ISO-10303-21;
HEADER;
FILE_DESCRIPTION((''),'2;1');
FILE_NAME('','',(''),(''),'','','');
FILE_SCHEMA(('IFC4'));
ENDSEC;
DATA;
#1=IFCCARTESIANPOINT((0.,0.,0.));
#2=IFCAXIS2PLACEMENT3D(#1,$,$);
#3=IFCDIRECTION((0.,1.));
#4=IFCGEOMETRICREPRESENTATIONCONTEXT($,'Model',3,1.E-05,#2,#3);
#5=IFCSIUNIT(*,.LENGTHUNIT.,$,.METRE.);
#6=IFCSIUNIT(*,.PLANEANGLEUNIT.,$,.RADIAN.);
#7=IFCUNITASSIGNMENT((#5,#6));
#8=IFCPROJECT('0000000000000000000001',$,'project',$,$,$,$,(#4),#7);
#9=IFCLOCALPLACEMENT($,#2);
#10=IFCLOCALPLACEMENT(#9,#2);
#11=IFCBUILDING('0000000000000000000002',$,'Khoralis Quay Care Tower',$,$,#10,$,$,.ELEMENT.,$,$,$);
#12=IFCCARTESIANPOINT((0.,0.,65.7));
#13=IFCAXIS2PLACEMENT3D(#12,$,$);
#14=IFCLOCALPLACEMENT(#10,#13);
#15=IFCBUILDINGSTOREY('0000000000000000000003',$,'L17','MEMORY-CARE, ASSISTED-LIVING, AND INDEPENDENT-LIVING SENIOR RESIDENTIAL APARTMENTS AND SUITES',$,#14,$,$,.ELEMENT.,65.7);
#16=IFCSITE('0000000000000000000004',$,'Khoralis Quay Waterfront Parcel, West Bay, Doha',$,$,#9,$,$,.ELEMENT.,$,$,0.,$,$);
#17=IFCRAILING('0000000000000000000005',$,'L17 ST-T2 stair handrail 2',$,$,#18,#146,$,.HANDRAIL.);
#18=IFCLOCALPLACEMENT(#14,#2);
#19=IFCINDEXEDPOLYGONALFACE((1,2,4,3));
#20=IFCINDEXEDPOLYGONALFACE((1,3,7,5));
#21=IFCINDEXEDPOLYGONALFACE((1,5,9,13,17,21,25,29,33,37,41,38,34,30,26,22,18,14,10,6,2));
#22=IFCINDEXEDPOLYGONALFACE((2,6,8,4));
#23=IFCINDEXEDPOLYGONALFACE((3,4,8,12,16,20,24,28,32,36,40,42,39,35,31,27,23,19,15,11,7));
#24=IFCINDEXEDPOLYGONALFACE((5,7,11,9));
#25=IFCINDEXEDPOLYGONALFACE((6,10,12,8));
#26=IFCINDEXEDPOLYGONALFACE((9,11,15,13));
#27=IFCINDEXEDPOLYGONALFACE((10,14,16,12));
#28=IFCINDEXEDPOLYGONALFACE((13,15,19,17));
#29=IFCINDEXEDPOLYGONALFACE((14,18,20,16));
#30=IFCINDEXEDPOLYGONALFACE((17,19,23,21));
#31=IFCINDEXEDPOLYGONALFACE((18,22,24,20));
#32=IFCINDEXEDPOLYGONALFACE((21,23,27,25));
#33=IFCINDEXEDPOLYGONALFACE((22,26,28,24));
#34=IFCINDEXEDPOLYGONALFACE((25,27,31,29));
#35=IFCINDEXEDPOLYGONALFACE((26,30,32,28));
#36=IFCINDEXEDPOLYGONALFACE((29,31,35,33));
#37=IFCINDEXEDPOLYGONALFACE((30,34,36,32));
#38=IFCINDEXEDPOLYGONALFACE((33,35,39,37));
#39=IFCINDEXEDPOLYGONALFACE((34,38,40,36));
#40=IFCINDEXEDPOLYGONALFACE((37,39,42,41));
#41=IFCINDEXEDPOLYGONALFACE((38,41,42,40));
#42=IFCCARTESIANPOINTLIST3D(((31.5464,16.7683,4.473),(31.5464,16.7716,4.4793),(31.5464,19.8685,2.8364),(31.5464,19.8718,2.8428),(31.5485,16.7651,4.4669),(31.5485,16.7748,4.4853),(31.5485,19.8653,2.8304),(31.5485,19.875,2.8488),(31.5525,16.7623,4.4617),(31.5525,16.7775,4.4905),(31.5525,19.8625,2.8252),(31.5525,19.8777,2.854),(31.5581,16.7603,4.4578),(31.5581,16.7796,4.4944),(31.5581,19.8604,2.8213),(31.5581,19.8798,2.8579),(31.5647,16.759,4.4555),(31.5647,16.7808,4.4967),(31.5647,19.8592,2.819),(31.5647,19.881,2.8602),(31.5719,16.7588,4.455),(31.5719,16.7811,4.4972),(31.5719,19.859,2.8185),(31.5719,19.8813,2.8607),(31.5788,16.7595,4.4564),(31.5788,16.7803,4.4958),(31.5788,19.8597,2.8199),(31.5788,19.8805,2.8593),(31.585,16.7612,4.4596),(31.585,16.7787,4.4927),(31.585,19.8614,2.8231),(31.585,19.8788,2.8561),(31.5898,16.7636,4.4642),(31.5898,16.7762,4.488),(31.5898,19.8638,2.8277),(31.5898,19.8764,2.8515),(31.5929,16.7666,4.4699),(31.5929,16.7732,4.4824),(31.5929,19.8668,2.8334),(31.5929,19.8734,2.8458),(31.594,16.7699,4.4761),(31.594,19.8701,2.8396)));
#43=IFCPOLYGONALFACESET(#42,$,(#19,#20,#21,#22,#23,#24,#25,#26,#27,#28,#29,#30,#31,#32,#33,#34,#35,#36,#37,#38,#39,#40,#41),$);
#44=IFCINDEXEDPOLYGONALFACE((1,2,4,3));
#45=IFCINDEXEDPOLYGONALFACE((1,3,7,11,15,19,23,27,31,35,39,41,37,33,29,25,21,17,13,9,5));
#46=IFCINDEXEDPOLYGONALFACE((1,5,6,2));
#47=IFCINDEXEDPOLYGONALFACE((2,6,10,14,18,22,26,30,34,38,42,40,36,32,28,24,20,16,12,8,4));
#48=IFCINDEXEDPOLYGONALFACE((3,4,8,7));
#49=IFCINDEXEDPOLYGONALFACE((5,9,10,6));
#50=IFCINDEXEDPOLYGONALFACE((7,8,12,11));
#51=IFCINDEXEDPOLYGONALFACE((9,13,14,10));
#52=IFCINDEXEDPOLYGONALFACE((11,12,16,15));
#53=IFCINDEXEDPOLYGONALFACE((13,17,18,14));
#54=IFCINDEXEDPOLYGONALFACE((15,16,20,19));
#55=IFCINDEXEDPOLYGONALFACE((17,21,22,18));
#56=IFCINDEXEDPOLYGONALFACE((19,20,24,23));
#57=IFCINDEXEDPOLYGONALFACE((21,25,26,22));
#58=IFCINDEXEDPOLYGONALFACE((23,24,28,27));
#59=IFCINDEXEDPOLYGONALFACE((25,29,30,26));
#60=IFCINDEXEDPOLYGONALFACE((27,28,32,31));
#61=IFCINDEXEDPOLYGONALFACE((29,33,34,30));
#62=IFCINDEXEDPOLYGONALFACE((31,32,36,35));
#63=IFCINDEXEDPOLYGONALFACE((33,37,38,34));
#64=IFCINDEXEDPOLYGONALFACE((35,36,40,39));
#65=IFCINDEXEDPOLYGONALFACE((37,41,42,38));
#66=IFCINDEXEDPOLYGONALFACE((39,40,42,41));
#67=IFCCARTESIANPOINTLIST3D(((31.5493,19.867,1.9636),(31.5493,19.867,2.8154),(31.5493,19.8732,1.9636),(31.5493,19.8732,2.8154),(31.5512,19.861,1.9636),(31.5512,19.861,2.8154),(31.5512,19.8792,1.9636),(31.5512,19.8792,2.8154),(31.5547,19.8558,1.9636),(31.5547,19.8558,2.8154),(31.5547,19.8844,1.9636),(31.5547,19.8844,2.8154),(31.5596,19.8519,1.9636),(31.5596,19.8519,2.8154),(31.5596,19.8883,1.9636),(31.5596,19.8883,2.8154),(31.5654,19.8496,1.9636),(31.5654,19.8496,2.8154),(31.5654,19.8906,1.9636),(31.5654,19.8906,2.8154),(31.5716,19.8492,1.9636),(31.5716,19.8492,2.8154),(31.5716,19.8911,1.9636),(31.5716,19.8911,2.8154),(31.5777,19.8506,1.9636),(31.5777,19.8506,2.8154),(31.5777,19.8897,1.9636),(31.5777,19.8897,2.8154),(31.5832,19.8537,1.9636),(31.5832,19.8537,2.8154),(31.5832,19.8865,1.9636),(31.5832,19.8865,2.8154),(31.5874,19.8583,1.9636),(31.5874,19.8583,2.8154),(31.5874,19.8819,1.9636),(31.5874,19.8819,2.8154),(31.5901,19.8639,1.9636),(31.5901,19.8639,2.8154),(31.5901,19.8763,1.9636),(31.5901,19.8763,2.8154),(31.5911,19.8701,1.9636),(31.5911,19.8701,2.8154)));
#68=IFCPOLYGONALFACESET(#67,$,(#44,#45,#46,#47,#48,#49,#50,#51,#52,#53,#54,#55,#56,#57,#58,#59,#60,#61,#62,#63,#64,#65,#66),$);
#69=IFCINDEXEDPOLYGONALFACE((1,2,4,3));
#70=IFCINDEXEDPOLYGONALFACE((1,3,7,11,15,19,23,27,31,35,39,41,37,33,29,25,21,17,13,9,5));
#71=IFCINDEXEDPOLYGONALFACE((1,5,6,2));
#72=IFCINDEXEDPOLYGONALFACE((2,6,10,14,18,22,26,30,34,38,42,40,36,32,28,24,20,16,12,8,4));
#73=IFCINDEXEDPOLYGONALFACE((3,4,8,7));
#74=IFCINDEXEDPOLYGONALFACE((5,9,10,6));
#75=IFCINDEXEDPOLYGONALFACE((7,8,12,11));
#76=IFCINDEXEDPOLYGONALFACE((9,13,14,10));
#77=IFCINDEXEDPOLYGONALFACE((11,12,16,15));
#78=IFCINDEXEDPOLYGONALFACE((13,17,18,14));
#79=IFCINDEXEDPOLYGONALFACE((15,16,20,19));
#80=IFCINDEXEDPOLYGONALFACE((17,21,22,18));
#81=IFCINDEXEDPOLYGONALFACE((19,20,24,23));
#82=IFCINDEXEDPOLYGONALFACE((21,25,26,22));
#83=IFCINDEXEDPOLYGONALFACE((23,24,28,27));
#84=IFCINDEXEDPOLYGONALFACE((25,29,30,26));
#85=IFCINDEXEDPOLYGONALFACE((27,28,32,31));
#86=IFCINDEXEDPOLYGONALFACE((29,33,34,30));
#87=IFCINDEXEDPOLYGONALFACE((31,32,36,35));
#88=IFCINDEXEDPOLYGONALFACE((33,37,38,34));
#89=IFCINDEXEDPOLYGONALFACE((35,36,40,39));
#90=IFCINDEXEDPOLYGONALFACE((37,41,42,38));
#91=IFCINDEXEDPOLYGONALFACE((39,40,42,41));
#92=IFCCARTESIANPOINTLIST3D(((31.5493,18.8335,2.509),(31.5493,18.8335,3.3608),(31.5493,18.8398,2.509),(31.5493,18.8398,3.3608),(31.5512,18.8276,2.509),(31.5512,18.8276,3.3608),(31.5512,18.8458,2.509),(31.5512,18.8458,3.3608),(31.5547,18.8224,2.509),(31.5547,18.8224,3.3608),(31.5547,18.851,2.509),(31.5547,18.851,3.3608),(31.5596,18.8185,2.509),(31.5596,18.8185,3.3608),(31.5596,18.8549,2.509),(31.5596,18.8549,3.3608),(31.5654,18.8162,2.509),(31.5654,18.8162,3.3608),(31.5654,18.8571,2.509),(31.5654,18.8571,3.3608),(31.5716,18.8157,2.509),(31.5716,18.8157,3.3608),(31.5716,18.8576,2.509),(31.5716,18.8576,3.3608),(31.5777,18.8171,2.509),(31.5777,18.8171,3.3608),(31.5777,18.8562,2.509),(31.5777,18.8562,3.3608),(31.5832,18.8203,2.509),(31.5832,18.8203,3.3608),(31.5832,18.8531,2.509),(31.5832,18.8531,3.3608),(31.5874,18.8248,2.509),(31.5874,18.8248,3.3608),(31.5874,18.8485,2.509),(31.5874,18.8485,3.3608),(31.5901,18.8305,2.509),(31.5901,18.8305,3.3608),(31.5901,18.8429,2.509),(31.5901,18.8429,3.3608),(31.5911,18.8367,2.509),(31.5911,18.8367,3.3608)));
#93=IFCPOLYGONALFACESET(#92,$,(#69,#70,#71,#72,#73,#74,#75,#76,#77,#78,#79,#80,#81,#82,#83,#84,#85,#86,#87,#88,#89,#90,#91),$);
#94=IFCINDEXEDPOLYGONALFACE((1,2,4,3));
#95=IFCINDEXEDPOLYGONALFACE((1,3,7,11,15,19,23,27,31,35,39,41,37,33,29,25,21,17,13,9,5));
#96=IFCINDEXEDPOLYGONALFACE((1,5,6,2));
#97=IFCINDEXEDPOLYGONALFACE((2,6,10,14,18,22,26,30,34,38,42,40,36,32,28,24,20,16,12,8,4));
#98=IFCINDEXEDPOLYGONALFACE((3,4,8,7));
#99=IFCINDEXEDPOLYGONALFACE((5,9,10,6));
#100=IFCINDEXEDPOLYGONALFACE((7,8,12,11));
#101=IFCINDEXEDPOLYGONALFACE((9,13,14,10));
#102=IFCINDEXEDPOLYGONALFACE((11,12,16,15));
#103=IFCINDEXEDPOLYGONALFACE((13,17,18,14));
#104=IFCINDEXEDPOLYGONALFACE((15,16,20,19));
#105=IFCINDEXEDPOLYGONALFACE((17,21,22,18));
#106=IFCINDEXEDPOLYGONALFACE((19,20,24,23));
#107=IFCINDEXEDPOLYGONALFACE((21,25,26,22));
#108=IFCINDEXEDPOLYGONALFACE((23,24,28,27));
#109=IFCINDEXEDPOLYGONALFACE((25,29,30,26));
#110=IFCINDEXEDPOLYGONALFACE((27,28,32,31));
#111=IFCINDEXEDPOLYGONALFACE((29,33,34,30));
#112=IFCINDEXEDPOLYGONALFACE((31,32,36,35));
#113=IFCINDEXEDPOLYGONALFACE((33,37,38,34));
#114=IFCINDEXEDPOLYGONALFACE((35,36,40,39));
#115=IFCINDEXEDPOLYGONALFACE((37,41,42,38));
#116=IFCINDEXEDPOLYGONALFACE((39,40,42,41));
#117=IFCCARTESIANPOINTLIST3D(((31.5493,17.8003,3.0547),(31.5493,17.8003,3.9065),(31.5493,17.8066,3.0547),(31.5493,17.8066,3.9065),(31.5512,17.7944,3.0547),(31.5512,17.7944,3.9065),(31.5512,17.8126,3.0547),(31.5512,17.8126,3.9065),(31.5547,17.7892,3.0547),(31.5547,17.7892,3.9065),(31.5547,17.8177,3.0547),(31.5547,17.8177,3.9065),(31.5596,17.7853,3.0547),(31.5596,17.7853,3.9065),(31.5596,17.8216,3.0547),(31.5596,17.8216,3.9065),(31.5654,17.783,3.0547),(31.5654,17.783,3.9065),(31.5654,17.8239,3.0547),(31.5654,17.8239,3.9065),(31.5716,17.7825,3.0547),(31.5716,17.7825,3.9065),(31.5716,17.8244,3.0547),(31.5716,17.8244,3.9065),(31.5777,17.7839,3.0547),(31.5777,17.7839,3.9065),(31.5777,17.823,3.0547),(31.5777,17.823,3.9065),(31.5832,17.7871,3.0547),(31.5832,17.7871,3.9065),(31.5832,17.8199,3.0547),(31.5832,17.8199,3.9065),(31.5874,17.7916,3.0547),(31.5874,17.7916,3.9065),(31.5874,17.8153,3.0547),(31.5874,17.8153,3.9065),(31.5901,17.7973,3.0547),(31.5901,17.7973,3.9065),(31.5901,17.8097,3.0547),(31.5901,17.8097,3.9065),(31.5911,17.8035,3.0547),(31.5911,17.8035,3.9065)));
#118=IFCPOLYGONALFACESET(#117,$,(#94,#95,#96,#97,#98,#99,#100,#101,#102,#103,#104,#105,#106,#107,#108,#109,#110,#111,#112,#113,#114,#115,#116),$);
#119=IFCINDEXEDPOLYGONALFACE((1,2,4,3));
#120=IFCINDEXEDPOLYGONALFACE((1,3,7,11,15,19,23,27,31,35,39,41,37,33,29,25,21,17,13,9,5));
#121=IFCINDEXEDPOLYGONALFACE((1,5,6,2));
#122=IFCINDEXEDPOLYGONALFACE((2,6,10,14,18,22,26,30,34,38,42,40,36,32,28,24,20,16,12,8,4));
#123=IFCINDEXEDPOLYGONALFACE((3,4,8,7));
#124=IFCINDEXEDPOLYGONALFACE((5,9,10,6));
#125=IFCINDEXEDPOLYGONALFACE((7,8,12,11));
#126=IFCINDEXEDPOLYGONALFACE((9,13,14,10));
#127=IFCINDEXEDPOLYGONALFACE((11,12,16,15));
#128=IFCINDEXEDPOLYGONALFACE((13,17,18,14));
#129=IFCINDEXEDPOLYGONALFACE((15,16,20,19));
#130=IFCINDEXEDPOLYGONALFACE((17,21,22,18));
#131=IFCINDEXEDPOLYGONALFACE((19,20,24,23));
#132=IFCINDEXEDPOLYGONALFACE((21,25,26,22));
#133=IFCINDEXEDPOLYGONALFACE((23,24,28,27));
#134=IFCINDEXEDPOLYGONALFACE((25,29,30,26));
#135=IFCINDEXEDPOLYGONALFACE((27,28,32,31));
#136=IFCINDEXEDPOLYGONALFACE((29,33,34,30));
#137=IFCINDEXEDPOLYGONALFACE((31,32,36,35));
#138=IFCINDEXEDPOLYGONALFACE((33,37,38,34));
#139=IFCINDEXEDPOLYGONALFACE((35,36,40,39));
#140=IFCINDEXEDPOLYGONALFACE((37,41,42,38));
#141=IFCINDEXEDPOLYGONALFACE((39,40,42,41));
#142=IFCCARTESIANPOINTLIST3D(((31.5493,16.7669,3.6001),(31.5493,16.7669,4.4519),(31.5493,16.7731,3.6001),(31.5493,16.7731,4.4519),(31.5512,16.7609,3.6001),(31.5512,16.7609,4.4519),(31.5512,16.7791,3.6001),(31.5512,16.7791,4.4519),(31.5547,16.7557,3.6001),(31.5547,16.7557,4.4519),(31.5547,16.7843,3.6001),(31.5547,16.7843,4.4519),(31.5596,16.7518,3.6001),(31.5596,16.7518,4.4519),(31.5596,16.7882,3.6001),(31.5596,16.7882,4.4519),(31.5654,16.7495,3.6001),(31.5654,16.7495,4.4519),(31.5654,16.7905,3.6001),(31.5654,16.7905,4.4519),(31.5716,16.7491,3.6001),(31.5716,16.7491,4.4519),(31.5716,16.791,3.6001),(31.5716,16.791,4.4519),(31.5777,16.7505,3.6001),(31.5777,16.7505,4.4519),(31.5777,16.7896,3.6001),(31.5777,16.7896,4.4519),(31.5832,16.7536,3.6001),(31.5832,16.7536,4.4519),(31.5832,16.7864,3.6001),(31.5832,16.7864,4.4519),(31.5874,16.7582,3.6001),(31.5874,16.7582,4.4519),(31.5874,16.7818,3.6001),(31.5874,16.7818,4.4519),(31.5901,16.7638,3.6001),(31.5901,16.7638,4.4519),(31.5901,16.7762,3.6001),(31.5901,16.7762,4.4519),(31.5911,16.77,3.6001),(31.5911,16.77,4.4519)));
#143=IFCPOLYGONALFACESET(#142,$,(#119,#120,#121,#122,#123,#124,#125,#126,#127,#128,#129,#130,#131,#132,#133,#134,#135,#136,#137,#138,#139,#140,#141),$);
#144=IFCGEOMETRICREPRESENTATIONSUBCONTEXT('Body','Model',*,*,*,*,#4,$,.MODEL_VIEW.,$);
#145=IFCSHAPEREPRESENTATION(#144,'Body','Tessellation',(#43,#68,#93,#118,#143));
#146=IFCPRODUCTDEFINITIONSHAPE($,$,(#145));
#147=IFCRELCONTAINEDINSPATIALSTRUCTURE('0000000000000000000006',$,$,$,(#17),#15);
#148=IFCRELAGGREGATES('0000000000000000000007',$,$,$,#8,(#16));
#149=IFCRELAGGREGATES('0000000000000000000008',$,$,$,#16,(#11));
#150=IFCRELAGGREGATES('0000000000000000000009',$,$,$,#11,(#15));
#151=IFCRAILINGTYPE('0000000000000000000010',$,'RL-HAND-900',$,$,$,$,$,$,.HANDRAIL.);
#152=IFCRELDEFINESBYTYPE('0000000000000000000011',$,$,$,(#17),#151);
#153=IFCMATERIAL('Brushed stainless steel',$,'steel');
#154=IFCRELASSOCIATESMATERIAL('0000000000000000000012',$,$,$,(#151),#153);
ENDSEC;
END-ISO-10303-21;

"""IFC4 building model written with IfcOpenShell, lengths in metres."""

from ifc_helpers import new_model, si_unit, direction, frame, origin, origin_2d, place, context, subcontext, project, spatial, circle, extrude, material, type_object, element, save


model = new_model("IFC4")

# Units and contexts
model_context = context("Model", 3, precision=1e-05, world=origin(), true_north=direction((0.0, 1.0)))
body_context = subcontext(model_context, "Body", "Model", "MODEL_VIEW")
ifc_project = project(units=[si_unit("LENGTHUNIT", "METRE"), si_unit("PLANEANGLEUNIT", "RADIAN")], contexts=[model_context])

# Site, building, storey
site_placement = place(None, origin())
site = spatial("IfcSite", under=ifc_project, at=site_placement, Name="Khoralis Quay Waterfront Parcel, West Bay, Doha", CompositionType="ELEMENT", RefElevation=0.0)
building_placement = place(site_placement, origin())
building = spatial("IfcBuilding", under=site, at=building_placement, Name="Khoralis Quay Care Tower", CompositionType="ELEMENT")
storey_placement = place(building_placement, frame((0.0, 0.0, 65.7)))
storey = spatial("IfcBuildingStorey", under=building, at=storey_placement, Name="L17", Description="MEMORY-CARE, ASSISTED-LIVING, AND INDEPENDENT-LIVING SENIOR RESIDENTIAL APARTMENTS AND SUITES", CompositionType="ELEMENT", Elevation=65.7)

# Shared definitions
ifc_material_1 = material(Name="Brushed stainless steel", Category="steel")

# Railing
railing_type_1 = type_object("IfcRailingType", Name="RL-HAND-900", PredefinedType="HANDRAIL", material=ifc_material_1)
railing_1_placement = place(storey_placement, frame((31.5701, 19.8701, 1.9636)))
element("IfcRailing", 1, at=railing_1_placement, inside=storey, type_object=railing_type_1, Name="L17 ST-T2 stair handrail 2", PredefinedType="HANDRAIL", context=body_context, shape_type="SweptSolid", body=[
    extrude(circle(Radius=0.0239, at=origin_2d()), frame((0.0, 0.0, 0.876), z_axis=(0.0, -0.884348, 0.466828), x_axis=(1.0, 0.0, 0.0)), (0.0, 0.0, 1.0), 3.5056),
    extrude(circle(Radius=0.021, at=origin_2d()), origin(), (0.0, 0.0, 1.0), 0.8518),
    extrude(circle(Radius=0.021, at=origin_2d()), frame((0.0, -1.0334, 0.5454)), (0.0, 0.0, 1.0), 0.8518),
    extrude(circle(Radius=0.021, at=origin_2d()), frame((0.0, -2.0667, 1.0911)), (0.0, 0.0, 1.0), 0.8518),
    extrude(circle(Radius=0.021, at=origin_2d()), frame((0.0, -3.1001, 1.6365)), (0.0, 0.0, 1.0), 0.8518),
])

save(model, "model.ifc")
